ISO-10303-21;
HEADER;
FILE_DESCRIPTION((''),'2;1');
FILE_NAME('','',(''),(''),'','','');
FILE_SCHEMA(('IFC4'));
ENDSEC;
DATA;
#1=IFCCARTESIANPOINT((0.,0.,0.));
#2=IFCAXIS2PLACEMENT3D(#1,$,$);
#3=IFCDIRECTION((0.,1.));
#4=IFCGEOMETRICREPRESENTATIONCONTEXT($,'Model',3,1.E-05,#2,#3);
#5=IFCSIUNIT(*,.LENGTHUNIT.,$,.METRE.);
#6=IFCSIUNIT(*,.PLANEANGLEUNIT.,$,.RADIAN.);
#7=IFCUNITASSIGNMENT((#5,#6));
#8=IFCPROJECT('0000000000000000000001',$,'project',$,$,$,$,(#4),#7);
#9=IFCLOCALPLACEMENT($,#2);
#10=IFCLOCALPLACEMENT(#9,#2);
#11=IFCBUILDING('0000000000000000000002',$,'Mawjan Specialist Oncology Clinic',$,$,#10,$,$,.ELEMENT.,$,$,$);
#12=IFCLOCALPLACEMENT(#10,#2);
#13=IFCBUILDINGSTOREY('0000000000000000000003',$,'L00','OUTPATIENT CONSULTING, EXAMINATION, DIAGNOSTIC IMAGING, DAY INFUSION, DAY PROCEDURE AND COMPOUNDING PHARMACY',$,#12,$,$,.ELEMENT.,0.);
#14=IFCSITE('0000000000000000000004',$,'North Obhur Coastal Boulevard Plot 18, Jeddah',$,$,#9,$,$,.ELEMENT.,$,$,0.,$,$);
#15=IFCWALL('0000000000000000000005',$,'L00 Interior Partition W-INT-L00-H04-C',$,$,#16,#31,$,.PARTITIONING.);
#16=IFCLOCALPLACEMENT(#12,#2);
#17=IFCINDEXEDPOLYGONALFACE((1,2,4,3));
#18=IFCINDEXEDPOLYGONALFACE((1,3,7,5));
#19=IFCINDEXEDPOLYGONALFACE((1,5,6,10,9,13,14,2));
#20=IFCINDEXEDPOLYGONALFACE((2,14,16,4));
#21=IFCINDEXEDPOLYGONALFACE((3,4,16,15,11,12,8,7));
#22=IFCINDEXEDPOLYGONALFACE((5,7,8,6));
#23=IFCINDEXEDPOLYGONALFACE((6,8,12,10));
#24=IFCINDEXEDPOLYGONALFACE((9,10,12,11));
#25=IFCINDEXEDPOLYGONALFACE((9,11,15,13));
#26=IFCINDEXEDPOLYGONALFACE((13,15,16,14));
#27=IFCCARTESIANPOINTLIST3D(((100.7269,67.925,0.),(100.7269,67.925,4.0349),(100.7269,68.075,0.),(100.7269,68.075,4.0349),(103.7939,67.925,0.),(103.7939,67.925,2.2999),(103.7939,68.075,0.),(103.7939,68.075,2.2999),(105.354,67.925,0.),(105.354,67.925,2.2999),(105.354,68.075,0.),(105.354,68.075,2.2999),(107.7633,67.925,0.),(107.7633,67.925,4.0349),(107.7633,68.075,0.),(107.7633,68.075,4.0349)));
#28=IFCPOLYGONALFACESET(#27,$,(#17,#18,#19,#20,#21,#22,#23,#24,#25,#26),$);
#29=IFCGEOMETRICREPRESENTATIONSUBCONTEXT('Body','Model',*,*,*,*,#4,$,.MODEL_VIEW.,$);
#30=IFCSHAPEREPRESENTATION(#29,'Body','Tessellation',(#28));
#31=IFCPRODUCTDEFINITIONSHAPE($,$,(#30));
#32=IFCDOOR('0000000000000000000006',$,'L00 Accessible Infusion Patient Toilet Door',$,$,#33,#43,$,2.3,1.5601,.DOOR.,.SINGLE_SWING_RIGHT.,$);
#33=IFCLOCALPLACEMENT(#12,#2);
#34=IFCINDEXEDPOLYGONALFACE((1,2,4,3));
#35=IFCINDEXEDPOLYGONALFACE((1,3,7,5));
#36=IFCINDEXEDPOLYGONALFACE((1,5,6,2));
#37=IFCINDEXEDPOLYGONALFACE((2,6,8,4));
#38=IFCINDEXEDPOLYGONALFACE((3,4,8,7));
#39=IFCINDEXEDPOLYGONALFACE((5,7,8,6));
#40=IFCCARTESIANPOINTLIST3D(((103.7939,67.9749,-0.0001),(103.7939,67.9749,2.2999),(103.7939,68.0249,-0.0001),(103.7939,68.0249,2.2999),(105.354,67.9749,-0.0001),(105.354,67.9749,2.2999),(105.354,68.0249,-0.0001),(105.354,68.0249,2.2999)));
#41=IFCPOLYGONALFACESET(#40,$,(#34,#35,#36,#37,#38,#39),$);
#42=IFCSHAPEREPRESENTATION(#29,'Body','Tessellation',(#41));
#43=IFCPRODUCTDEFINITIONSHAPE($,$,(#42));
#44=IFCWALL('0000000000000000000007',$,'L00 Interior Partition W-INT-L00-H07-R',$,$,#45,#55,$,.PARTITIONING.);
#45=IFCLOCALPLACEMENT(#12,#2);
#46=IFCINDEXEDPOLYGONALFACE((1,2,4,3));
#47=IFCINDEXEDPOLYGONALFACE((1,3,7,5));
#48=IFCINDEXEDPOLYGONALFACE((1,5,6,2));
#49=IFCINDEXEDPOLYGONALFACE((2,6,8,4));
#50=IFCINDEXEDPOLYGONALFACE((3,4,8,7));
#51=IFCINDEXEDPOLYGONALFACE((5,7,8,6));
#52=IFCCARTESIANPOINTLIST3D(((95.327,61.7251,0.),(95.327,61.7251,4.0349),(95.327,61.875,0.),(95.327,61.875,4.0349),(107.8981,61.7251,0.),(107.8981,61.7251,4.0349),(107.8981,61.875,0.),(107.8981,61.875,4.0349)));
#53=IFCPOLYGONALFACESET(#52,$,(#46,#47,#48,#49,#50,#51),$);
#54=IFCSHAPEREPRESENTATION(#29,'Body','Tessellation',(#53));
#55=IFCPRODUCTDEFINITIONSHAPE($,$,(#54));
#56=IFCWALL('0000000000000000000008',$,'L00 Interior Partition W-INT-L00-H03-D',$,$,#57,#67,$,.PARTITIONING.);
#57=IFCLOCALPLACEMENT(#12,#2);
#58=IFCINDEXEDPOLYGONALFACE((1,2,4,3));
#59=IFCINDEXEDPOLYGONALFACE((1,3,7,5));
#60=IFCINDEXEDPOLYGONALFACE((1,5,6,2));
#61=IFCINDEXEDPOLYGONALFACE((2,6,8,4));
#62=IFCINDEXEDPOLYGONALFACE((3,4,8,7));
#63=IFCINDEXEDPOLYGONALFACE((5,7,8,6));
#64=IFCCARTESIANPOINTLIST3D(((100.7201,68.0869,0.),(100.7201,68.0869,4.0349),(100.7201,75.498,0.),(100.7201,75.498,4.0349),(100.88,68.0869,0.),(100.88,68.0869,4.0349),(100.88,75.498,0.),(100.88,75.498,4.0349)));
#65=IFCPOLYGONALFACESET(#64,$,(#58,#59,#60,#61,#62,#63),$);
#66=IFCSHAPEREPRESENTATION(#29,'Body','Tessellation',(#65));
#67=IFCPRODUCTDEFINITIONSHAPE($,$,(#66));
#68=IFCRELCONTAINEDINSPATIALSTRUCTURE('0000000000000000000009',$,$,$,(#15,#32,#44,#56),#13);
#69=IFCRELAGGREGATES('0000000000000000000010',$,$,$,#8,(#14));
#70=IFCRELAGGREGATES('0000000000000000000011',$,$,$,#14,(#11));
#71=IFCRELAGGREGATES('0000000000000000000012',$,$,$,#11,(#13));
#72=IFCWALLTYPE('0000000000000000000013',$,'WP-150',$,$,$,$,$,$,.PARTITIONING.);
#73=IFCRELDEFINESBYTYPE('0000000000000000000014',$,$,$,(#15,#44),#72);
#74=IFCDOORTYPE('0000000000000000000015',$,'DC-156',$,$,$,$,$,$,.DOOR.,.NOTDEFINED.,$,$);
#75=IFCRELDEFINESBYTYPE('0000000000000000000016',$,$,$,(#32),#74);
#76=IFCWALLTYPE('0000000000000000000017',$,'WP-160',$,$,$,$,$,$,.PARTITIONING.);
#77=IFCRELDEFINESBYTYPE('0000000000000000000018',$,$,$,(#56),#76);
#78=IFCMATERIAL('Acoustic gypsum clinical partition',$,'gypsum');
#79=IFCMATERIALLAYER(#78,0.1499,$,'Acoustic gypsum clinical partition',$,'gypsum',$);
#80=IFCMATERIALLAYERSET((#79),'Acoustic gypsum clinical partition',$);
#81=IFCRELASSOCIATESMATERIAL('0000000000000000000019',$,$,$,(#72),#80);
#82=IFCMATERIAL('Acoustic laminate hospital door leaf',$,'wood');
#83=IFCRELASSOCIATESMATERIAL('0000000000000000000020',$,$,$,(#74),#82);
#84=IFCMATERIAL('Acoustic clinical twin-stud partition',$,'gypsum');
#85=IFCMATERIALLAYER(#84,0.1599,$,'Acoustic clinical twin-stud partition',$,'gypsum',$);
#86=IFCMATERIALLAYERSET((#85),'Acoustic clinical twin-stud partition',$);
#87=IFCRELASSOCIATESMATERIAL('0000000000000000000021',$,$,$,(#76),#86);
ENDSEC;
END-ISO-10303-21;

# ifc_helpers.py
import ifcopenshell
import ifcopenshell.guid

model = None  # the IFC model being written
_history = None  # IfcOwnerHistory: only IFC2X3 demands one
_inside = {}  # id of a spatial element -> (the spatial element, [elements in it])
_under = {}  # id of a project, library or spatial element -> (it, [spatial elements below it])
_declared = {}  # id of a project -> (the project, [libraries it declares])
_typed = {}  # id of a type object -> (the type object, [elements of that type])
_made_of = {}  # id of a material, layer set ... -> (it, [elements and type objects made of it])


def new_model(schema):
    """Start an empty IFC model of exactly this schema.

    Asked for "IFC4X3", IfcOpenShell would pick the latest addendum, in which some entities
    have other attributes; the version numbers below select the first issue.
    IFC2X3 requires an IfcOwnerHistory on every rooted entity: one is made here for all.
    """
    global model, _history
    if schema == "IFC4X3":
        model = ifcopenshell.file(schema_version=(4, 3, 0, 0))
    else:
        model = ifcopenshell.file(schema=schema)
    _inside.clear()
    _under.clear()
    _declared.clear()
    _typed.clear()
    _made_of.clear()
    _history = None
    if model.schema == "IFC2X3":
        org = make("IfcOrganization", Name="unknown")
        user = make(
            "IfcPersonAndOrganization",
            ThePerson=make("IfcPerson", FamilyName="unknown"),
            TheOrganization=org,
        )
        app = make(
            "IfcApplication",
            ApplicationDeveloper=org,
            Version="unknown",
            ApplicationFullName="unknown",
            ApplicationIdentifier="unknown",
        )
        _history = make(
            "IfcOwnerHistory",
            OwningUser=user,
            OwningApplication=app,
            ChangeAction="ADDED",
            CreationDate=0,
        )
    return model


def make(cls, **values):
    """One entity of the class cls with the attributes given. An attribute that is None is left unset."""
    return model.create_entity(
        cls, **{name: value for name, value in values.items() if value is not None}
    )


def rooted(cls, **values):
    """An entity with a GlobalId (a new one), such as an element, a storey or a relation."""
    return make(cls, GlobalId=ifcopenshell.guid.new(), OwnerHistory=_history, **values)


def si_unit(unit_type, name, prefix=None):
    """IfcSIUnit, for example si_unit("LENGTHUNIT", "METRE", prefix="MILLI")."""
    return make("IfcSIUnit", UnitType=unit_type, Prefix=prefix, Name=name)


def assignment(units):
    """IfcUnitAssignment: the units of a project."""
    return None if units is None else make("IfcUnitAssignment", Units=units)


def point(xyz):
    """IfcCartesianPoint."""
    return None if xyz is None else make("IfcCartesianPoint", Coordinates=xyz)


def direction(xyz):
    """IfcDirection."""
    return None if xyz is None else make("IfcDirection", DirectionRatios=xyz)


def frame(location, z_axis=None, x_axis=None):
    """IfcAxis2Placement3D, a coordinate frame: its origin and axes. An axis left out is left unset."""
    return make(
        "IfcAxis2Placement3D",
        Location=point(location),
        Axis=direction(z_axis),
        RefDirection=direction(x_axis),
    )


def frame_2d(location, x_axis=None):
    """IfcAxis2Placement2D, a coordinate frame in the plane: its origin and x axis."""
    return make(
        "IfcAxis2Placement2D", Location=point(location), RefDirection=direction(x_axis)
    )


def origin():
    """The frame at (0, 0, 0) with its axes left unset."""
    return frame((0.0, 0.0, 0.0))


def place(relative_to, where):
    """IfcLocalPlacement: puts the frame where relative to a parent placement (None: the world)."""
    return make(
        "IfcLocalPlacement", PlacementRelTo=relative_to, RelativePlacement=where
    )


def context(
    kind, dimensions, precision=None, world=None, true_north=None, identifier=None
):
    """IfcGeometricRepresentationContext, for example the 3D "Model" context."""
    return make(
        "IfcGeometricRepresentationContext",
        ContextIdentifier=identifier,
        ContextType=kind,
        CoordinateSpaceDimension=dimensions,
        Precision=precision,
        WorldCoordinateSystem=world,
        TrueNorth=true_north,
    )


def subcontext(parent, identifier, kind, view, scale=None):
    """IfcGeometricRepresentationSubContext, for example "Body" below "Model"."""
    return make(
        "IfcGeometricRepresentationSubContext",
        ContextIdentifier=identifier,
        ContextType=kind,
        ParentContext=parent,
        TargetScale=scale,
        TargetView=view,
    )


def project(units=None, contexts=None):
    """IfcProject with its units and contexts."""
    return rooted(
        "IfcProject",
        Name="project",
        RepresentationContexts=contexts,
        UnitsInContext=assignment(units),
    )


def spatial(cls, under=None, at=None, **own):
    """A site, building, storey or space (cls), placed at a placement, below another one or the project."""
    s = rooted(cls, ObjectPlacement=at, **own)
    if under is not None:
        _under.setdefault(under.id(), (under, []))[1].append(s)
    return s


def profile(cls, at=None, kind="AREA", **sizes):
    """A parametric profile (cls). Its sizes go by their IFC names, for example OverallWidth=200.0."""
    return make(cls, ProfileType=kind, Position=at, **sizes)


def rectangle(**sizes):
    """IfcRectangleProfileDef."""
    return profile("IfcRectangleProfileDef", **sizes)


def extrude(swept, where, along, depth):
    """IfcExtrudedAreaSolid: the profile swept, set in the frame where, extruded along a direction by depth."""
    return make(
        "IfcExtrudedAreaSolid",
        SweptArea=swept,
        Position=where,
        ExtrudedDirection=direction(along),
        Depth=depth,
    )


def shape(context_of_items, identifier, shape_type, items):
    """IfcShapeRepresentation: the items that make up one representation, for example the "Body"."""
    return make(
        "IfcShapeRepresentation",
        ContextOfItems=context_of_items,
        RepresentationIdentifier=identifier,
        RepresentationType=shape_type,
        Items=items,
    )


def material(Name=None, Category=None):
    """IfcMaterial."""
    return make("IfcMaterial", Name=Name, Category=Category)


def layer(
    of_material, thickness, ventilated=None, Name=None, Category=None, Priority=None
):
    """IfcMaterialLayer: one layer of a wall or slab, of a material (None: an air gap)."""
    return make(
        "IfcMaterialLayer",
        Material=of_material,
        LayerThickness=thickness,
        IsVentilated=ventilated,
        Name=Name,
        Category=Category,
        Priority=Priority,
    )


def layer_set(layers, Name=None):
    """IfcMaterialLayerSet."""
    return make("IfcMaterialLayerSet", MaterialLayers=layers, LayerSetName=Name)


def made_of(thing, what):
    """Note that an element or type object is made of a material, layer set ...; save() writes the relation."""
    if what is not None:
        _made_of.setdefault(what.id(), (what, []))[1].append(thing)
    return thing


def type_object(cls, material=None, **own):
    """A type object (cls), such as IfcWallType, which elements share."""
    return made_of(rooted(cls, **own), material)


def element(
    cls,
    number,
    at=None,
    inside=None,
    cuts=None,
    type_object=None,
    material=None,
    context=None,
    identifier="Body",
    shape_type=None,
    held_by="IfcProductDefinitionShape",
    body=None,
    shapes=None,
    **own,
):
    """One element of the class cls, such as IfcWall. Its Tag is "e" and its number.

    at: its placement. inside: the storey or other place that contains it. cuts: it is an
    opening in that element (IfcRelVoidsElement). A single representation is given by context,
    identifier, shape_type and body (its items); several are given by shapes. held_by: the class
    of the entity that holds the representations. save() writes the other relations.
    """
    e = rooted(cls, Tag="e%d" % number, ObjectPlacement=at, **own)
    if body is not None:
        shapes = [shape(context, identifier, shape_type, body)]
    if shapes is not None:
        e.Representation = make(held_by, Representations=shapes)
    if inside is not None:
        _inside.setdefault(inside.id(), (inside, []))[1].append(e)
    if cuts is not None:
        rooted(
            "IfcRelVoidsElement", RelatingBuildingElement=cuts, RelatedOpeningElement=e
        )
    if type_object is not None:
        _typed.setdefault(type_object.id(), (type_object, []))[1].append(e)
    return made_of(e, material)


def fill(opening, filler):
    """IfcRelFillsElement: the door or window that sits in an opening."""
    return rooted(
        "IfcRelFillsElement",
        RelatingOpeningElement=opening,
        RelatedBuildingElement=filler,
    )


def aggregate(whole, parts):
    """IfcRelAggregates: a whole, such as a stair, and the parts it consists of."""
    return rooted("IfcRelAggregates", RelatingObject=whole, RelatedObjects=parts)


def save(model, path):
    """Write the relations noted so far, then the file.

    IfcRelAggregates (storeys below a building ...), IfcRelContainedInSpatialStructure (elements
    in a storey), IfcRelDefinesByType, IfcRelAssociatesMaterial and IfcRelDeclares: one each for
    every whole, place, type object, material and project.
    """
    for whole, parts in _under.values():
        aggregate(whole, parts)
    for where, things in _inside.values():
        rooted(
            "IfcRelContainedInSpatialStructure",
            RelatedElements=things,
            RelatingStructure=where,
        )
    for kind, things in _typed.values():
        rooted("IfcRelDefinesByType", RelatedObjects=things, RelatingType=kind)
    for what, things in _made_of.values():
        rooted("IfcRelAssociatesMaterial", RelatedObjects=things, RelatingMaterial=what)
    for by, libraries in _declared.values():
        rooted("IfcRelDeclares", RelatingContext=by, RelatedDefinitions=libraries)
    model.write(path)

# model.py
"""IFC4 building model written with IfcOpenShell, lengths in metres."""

from ifc_helpers import new_model, si_unit, direction, frame, frame_2d, origin, place, context, subcontext, project, spatial, rectangle, extrude, material, layer, layer_set, type_object, element, fill, save


model = new_model("IFC4")

# Units and contexts
model_context = context("Model", 3, precision=1e-05, world=origin(), true_north=direction((0.0, 1.0)))
body_context = subcontext(model_context, "Body", "Model", "MODEL_VIEW")
ifc_project = project(units=[si_unit("LENGTHUNIT", "METRE"), si_unit("PLANEANGLEUNIT", "RADIAN")], contexts=[model_context])

# Site, building, storey
site_placement = place(None, origin())
site = spatial("IfcSite", under=ifc_project, at=site_placement, Name="North Obhur Coastal Boulevard Plot 18, Jeddah", CompositionType="ELEMENT", RefElevation=0.0)
building_placement = place(site_placement, origin())
building = spatial("IfcBuilding", under=site, at=building_placement, Name="Mawjan Specialist Oncology Clinic", CompositionType="ELEMENT")
storey_placement = place(building_placement, origin())
storey = spatial("IfcBuildingStorey", under=building, at=storey_placement, Name="L00", Description="OUTPATIENT CONSULTING, EXAMINATION, DIAGNOSTIC IMAGING, DAY INFUSION, DAY PROCEDURE AND COMPOUNDING PHARMACY", CompositionType="ELEMENT", Elevation=0.0)

# Wall, opening, door
ifc_material_1 = material(Name="Acoustic gypsum clinical partition", Category="gypsum")
ifc_layer_1 = layer(ifc_material_1, 0.1499, Name="Acoustic gypsum clinical partition", Category="gypsum")
ifc_layer_set_1 = layer_set([ifc_layer_1], Name="Acoustic gypsum clinical partition")
wall_type_1 = type_object("IfcWallType", Name="WP-150", PredefinedType="PARTITIONING", material=ifc_layer_set_1)
wall_1_placement = place(storey_placement, frame((100.7271, 68.0, 0.0), z_axis=(0.0, 0.0, 1.0), x_axis=(1.0, 0.0, 0.0)))
wall_1 = element("IfcWall", 1, at=wall_1_placement, inside=storey, type_object=wall_type_1, Name="L00 Interior Partition W-INT-L00-H04-C", PredefinedType="PARTITIONING", context=body_context, shape_type="SweptSolid", body=[
    extrude(rectangle(XDim=7.0364, YDim=0.1499, at=frame_2d((3.5181, 0.0))), origin(), (0.0, 0.0, 1.0), 4.0349),
])
opening_placement = place(wall_1_placement, frame((3.0669, 0.0, 0.0)))
opening = element("IfcOpeningElement", 2, at=opening_placement, cuts=wall_1, PredefinedType="OPENING", context=body_context, shape_type="SweptSolid", body=[
    extrude(rectangle(XDim=1.5601, YDim=2.3, at=frame_2d((0.78, 1.1499))), frame((0.0, 0.0869, 0.0), z_axis=(0.0, -1.0, 0.0), x_axis=(1.0, 0.0, 0.0)), (0.0, 0.0, 1.0), 0.1738),
])
ifc_material_2 = material(Name="Acoustic laminate hospital door leaf", Category="wood")
door_type = type_object("IfcDoorType", Name="DC-156", OperationType="NOTDEFINED", PredefinedType="DOOR", material=ifc_material_2)
door_placement = place(opening_placement, origin())
door = element("IfcDoor", 3, at=door_placement, inside=storey, type_object=door_type, Name="L00 Accessible Infusion Patient Toilet Door", OperationType="SINGLE_SWING_RIGHT", OverallHeight=2.3, OverallWidth=1.5601, PredefinedType="DOOR", context=body_context, shape_type="SweptSolid", body=[
    extrude(rectangle(XDim=1.5601, YDim=2.3, at=frame_2d((0.78, 1.1499))), frame((0.0, 0.0249, 0.0), z_axis=(0.0, -1.0, 0.0), x_axis=(1.0, 0.0, 0.0)), (0.0, 0.0, 1.0), 0.05),
])
fill(opening, door)

# Walls
wall_2_placement = place(storey_placement, frame((95.3269, 61.8, 0.0), z_axis=(0.0, 0.0, 1.0), x_axis=(1.0, 0.0, 0.0)))
element("IfcWall", 4, at=wall_2_placement, inside=storey, type_object=wall_type_1, Name="L00 Interior Partition W-INT-L00-H07-R", PredefinedType="PARTITIONING", context=body_context, shape_type="SweptSolid", body=[
    extrude(rectangle(XDim=12.571, YDim=0.1499, at=frame_2d((6.2856, 0.0))), origin(), (0.0, 0.0, 1.0), 4.0349),
])
ifc_material_3 = material(Name="Acoustic clinical twin-stud partition", Category="gypsum")
ifc_layer_2 = layer(ifc_material_3, 0.1599, Name="Acoustic clinical twin-stud partition", Category="gypsum")
ifc_layer_set_2 = layer_set([ifc_layer_2], Name="Acoustic clinical twin-stud partition")
wall_type_2 = type_object("IfcWallType", Name="WP-160", PredefinedType="PARTITIONING", material=ifc_layer_set_2)
wall_3_placement = place(storey_placement, frame((100.8, 68.0869, 0.0), z_axis=(0.0, 0.0, 1.0), x_axis=(0.0, 1.0, 0.0)))
element("IfcWall", 5, at=wall_3_placement, inside=storey, type_object=wall_type_2, Name="L00 Interior Partition W-INT-L00-H03-D", PredefinedType="PARTITIONING", context=body_context, shape_type="SweptSolid", body=[
    extrude(rectangle(XDim=7.4111, YDim=0.1599, at=frame_2d((3.7056, 0.0))), origin(), (0.0, 0.0, 1.0), 4.0349),
])

save(model, "model.ifc")
